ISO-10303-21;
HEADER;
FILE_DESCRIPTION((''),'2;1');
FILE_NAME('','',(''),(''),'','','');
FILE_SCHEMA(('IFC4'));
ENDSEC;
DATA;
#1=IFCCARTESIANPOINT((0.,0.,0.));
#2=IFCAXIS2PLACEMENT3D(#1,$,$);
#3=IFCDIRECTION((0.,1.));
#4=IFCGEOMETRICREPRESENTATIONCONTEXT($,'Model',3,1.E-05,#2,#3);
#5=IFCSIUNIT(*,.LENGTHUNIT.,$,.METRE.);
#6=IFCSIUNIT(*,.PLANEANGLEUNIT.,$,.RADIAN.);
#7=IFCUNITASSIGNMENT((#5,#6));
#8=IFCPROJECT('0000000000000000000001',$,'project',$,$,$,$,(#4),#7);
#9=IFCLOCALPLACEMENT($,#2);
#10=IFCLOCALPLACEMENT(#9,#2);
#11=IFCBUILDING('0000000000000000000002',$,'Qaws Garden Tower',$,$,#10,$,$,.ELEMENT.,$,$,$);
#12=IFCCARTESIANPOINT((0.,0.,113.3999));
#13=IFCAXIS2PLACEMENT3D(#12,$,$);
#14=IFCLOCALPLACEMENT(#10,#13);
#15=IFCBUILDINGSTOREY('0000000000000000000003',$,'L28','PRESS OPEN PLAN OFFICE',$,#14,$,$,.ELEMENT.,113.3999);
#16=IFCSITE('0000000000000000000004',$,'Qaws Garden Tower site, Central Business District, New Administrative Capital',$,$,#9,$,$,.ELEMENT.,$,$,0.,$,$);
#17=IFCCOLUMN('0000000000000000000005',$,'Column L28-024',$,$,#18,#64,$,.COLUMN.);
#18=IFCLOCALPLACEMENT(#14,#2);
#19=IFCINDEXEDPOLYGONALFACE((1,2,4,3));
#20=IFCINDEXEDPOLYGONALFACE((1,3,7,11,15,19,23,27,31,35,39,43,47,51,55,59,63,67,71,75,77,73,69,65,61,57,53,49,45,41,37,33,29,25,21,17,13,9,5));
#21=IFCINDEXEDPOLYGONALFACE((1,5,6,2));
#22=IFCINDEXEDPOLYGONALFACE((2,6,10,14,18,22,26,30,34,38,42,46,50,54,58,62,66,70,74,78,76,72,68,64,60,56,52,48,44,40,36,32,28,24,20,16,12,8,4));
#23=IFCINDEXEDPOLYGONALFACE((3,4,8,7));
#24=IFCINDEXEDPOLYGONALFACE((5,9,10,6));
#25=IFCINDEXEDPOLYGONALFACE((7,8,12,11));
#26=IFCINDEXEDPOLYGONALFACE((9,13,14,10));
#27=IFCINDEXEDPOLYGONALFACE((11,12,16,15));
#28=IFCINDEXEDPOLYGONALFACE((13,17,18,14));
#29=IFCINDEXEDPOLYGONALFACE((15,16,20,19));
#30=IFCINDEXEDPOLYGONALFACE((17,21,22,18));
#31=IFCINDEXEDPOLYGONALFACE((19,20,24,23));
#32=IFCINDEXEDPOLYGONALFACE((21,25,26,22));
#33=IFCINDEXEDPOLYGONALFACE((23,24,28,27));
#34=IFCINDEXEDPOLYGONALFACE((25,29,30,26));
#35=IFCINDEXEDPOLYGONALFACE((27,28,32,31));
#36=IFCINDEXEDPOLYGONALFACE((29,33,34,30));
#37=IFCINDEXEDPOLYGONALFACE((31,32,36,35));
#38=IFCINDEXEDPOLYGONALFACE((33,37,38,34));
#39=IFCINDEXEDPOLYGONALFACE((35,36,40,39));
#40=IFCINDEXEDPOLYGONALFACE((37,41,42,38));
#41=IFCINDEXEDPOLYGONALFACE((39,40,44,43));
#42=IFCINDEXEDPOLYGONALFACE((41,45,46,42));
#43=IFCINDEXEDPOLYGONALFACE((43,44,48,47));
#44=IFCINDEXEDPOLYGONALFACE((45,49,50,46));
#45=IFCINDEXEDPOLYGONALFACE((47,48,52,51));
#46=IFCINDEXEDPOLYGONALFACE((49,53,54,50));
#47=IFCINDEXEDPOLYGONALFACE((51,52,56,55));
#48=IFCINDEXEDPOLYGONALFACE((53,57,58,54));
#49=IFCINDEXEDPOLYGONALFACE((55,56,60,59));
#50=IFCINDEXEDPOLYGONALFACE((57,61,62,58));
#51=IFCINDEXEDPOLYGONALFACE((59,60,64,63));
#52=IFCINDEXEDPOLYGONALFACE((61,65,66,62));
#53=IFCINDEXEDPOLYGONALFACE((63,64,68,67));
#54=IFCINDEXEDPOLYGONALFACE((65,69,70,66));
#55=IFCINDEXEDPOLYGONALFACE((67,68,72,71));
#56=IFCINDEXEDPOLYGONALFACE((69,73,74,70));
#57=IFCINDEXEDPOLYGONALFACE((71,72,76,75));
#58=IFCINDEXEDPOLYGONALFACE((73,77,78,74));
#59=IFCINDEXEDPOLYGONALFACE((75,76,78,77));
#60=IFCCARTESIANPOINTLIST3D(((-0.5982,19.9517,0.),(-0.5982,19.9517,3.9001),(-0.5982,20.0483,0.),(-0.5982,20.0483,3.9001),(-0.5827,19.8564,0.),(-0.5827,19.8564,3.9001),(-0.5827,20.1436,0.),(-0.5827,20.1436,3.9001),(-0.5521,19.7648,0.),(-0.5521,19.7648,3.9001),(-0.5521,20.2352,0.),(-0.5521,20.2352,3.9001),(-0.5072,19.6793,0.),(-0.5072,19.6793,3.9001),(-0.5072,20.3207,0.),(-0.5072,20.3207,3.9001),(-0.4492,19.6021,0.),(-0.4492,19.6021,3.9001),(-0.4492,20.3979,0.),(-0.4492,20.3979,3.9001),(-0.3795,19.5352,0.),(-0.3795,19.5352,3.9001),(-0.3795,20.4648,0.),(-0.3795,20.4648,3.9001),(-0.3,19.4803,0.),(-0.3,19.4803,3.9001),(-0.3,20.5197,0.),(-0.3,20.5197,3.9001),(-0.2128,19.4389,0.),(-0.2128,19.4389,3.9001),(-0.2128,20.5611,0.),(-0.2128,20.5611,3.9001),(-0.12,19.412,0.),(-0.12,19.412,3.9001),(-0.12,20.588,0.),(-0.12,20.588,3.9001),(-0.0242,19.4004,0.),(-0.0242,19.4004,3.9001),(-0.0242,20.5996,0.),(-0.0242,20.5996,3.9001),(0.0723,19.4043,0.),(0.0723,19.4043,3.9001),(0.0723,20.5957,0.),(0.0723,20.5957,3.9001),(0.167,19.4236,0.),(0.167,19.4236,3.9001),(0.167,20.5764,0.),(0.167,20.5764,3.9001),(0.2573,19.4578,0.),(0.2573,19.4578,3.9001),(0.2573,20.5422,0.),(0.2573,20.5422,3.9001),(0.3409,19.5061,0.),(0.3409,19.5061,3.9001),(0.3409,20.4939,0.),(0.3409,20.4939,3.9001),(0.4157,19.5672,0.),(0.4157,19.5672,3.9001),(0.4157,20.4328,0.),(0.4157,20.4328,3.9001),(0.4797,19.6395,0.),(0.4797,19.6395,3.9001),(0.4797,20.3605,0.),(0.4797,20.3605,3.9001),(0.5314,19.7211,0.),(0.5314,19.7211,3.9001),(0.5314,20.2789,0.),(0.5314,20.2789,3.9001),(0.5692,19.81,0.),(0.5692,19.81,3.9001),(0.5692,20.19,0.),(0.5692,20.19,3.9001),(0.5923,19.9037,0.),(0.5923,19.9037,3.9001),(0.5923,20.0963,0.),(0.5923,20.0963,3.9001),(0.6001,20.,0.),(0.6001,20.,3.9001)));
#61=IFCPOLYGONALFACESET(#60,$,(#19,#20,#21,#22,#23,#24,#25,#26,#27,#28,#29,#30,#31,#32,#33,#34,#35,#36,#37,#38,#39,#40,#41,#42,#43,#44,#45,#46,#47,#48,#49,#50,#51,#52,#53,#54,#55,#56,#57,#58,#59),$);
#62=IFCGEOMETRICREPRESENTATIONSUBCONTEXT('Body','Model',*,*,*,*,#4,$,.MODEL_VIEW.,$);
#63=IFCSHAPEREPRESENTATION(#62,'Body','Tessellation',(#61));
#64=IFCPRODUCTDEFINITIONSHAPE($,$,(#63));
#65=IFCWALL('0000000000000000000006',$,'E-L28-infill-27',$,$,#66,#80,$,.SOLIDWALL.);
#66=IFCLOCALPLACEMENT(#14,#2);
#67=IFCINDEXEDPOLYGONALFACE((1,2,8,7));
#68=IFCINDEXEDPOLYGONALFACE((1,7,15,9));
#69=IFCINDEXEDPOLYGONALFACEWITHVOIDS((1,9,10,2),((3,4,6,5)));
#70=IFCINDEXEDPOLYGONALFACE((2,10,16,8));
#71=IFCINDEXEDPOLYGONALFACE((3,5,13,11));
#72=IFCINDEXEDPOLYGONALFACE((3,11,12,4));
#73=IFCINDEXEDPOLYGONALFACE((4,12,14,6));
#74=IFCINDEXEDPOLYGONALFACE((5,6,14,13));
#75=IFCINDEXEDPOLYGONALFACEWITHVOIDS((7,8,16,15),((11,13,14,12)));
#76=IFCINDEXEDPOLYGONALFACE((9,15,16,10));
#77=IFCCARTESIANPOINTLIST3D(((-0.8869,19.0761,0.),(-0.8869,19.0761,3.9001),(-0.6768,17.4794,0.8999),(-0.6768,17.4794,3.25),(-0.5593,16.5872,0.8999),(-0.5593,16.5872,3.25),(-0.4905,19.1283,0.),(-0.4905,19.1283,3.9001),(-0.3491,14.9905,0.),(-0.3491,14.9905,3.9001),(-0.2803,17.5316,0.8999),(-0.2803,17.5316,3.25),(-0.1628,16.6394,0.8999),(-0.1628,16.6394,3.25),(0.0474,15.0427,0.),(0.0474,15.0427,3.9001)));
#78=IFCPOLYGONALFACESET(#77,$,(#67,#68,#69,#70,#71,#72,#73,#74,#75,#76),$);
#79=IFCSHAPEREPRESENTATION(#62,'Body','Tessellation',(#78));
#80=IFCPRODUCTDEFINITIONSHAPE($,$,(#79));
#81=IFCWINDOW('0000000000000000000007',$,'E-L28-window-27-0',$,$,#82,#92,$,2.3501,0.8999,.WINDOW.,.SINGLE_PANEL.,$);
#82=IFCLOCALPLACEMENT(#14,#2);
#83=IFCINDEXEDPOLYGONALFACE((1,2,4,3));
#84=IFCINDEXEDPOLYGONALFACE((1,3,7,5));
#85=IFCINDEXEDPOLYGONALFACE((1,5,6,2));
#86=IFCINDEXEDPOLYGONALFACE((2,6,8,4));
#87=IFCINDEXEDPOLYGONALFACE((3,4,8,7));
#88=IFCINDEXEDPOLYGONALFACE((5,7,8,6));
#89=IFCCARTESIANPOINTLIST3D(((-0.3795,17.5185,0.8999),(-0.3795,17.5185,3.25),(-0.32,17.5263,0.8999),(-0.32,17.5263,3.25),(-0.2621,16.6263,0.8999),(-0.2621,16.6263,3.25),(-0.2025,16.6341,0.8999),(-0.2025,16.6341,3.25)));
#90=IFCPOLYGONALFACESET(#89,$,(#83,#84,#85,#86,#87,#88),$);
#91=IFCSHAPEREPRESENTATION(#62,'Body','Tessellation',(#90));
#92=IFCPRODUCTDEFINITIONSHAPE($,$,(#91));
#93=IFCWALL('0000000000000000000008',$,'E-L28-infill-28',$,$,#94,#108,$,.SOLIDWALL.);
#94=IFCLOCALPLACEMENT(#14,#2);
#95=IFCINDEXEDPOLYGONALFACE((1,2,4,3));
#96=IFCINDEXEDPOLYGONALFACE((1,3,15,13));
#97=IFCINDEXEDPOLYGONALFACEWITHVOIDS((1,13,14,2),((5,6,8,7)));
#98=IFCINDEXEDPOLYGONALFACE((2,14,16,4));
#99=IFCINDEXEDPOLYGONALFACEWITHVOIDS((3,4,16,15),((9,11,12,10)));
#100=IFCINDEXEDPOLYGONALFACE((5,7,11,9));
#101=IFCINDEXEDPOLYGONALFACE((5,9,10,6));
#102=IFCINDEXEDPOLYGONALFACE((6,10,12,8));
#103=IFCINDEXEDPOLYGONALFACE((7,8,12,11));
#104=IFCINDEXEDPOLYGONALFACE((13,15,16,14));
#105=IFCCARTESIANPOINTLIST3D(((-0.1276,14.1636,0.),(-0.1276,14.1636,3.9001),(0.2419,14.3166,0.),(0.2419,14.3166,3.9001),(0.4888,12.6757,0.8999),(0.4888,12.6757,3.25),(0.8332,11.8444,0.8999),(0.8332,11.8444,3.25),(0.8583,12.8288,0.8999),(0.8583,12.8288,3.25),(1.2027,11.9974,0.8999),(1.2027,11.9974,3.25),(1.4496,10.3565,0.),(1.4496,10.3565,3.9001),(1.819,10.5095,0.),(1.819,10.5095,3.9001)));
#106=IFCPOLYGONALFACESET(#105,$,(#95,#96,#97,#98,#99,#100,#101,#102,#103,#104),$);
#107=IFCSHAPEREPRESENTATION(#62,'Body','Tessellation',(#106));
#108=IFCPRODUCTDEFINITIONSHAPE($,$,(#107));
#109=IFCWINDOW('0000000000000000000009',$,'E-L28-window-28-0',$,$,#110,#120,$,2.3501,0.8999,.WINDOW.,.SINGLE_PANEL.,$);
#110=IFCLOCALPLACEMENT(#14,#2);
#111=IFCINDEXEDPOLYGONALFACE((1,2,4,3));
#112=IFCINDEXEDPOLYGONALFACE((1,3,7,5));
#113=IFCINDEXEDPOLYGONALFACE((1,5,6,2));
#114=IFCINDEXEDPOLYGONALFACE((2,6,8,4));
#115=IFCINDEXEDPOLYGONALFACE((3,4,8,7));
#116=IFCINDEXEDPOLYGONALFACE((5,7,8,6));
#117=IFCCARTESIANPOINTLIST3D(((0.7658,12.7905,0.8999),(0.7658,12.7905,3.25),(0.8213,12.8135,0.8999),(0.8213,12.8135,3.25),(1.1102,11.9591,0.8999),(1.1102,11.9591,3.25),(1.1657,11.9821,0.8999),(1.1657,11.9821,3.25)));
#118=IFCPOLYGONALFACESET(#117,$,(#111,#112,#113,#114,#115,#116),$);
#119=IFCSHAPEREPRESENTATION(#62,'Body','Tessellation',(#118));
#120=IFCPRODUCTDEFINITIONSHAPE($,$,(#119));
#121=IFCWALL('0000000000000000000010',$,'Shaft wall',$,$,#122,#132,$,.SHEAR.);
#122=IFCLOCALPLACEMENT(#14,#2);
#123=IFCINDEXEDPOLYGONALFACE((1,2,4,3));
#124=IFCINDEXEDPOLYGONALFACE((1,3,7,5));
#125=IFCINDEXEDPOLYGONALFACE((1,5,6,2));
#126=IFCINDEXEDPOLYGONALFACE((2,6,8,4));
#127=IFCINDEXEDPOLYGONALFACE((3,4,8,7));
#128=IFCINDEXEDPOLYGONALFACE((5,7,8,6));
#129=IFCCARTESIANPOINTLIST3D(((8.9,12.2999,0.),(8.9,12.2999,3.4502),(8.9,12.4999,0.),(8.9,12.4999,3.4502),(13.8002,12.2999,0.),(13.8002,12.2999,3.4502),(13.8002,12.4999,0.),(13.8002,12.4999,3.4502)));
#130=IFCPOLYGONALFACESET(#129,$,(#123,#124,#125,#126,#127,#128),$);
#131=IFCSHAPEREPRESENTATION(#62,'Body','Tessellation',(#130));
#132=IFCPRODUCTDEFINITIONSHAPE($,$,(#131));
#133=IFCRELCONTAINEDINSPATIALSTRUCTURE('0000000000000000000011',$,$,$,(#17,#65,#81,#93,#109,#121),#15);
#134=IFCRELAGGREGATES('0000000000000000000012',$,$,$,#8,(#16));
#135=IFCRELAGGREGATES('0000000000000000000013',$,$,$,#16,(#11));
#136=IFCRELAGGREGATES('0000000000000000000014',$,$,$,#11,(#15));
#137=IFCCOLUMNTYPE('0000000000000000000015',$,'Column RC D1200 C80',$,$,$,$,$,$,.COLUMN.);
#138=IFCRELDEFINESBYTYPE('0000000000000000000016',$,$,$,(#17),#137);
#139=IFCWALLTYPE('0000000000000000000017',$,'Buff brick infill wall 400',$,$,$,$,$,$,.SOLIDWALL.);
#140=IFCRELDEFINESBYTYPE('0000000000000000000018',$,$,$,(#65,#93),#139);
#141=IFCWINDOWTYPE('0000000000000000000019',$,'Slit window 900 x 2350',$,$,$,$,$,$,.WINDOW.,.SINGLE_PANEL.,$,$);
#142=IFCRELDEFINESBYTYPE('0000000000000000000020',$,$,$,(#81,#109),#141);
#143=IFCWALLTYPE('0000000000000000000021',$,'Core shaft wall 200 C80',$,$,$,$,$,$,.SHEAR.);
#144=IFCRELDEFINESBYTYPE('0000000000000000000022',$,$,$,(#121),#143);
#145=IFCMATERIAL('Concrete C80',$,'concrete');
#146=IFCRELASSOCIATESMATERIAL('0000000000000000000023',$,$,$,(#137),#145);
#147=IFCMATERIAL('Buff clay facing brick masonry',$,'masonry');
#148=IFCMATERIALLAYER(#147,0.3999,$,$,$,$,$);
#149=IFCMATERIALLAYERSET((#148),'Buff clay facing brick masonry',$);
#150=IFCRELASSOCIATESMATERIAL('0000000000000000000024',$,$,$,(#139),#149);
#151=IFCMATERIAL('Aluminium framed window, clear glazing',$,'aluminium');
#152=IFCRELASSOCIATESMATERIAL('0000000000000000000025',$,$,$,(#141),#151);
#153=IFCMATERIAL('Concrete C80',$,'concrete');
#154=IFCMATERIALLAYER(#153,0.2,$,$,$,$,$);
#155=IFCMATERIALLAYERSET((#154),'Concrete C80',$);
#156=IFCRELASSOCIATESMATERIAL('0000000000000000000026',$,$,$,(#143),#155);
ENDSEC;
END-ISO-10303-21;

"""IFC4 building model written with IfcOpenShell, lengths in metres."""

from ifc_helpers import new_model, si_unit, direction, frame, frame_2d, origin, origin_2d, place, context, subcontext, project, spatial, rectangle, circle, extrude, material, layer, layer_set, material_profile, profile_set, type_object, element, fill, save


model = new_model("IFC4")

# Units and contexts
model_context = context("Model", 3, precision=1e-05, world=origin(), true_north=direction((0.0, 1.0)))
body_context = subcontext(model_context, "Body", "Model", "MODEL_VIEW")
ifc_project = project(units=[si_unit("LENGTHUNIT", "METRE"), si_unit("PLANEANGLEUNIT", "RADIAN")], contexts=[model_context])

# Site, building, storey
site_placement = place(None, origin())
site = spatial("IfcSite", under=ifc_project, at=site_placement, Name="Qaws Garden Tower site, Central Business District, New Administrative Capital", CompositionType="ELEMENT", RefElevation=0.0)
building_placement = place(site_placement, origin())
building = spatial("IfcBuilding", under=site, at=building_placement, Name="Qaws Garden Tower", CompositionType="ELEMENT")
storey_placement = place(building_placement, frame((0.0, 0.0, 113.3999)))
storey = spatial("IfcBuildingStorey", under=building, at=storey_placement, Name="L28", Description="PRESS OPEN PLAN OFFICE", CompositionType="ELEMENT", Elevation=113.3999)

# Column
ifc_material_1 = material(Name="Concrete C80", Category="concrete")
ifc_material_profile = material_profile(ifc_material_1, circle(Radius=0.6001, at=origin_2d()), Name="RC D1200")
ifc_profile_set = profile_set([ifc_material_profile], Name="Concrete C80")
column_type = type_object("IfcColumnType", Name="Column RC D1200 C80", PredefinedType="COLUMN", material=ifc_profile_set)
column_placement = place(storey_placement, frame((0.0, 20.0, 0.0), z_axis=(0.0, 0.0, 1.0), x_axis=(1.0, 0.0, 0.0)))
element("IfcColumn", 1, at=column_placement, inside=storey, type_object=column_type, Name="Column L28-024", PredefinedType="COLUMN", context=body_context, shape_type="SweptSolid", body=[
    extrude(circle(Radius=0.6001, at=origin_2d()), origin(), (0.0, 0.0, 1.0), 3.9001),
])

# Walls, openings, windows
ifc_material_2 = material(Name="Buff clay facing brick masonry", Category="masonry")
ifc_layer_1 = layer(ifc_material_2, 0.3999)
ifc_layer_set_1 = layer_set([ifc_layer_1], Name="Buff clay facing brick masonry")
wall_type_1 = type_object("IfcWallType", Name="Buff brick infill wall 400", PredefinedType="SOLIDWALL", material=ifc_layer_set_1)
wall_1_placement = place(storey_placement, frame((-0.6887, 19.1023, 0.0), z_axis=(0.0, 0.0, 1.0), x_axis=(0.130514, -0.991446, 0.0)))
wall_1 = element("IfcWall", 2, at=wall_1_placement, inside=storey, type_object=wall_type_1, Name="E-L28-infill-27", PredefinedType="SOLIDWALL", context=body_context, shape_type="SweptSolid", body=[
    extrude(rectangle(XDim=4.1208, YDim=0.3999, at=frame_2d((2.0605, 0.0))), origin(), (0.0, 0.0, 1.0), 3.9001),
])
opening_1_placement = place(wall_1_placement, frame((1.6106, 0.0, 0.8999)))
opening_1 = element("IfcOpeningElement", 3, at=opening_1_placement, cuts=wall_1, PredefinedType="OPENING", context=body_context, shape_type="SweptSolid", body=[
    extrude(rectangle(XDim=0.8999, YDim=2.3501, at=frame_2d((0.45, 1.175))), frame((0.0, 0.21, 0.0), z_axis=(0.0, -1.0, 0.0), x_axis=(1.0, 0.0, 0.0)), (0.0, 0.0, 1.0), 0.4199),
])
ifc_material_3 = material(Name="Aluminium framed window, clear glazing", Category="aluminium")
window_type = type_object("IfcWindowType", Name="Slit window 900 x 2350", PartitioningType="SINGLE_PANEL", PredefinedType="WINDOW", material=ifc_material_3)
window_1_placement = place(opening_1_placement, origin())
window_1 = element("IfcWindow", 4, at=window_1_placement, inside=storey, type_object=window_type, Name="E-L28-window-27-0", OverallHeight=2.3501, OverallWidth=0.8999, PartitioningType="SINGLE_PANEL", PredefinedType="WINDOW", context=body_context, shape_type="SweptSolid", body=[
    extrude(rectangle(XDim=0.8999, YDim=2.3501, at=frame_2d((0.45, 1.175))), frame((0.0, 0.1599, 0.0), z_axis=(0.0, -1.0, 0.0), x_axis=(1.0, 0.0, 0.0)), (0.0, 0.0, 1.0), 0.0601),
])
fill(opening_1, window_1)
wall_2_placement = place(storey_placement, frame((0.0571, 14.2402, 0.0), z_axis=(0.0, 0.0, 1.0), x_axis=(0.382722, -0.923864, 0.0)))
wall_2 = element("IfcWall", 5, at=wall_2_placement, inside=storey, type_object=wall_type_1, Name="E-L28-infill-28", PredefinedType="SOLIDWALL", context=body_context, shape_type="SweptSolid", body=[
    extrude(rectangle(XDim=4.1208, YDim=0.3999, at=frame_2d((2.0605, 0.0))), origin(), (0.0, 0.0, 1.0), 3.9001),
])
opening_2_placement = place(wall_2_placement, frame((1.6106, 0.0, 0.8999)))
opening_2 = element("IfcOpeningElement", 6, at=opening_2_placement, cuts=wall_2, PredefinedType="OPENING", context=body_context, shape_type="SweptSolid", body=[
    extrude(rectangle(XDim=0.8999, YDim=2.3501, at=frame_2d((0.45, 1.175))), frame((0.0, 0.21, 0.0), z_axis=(0.0, -1.0, 0.0), x_axis=(1.0, 0.0, 0.0)), (0.0, 0.0, 1.0), 0.4199),
])
window_2_placement = place(opening_2_placement, origin())
window_2 = element("IfcWindow", 7, at=window_2_placement, inside=storey, type_object=window_type, Name="E-L28-window-28-0", OverallHeight=2.3501, OverallWidth=0.8999, PartitioningType="SINGLE_PANEL", PredefinedType="WINDOW", context=body_context, shape_type="SweptSolid", body=[
    extrude(rectangle(XDim=0.8999, YDim=2.3501, at=frame_2d((0.45, 1.175))), frame((0.0, 0.1599, 0.0), z_axis=(0.0, -1.0, 0.0), x_axis=(1.0, 0.0, 0.0)), (0.0, 0.0, 1.0), 0.0601),
])
fill(opening_2, window_2)

# Wall
ifc_material_4 = material(Name="Concrete C80", Category="concrete")
ifc_layer_2 = layer(ifc_material_4, 0.2)
ifc_layer_set_2 = layer_set([ifc_layer_2], Name="Concrete C80")
wall_type_2 = type_object("IfcWallType", Name="Core shaft wall 200 C80", PredefinedType="SHEAR", material=ifc_layer_set_2)
wall_3_placement = place(storey_placement, frame((8.8999, 12.3999, 0.0), z_axis=(0.0, 0.0, 1.0), x_axis=(1.0, 0.0, 0.0)))
element("IfcWall", 8, at=wall_3_placement, inside=storey, type_object=wall_type_2, Name="Shaft wall", PredefinedType="SHEAR", context=body_context, shape_type="SweptSolid", body=[
    extrude(rectangle(XDim=4.9001, YDim=0.2, at=frame_2d((2.4502, 0.0))), origin(), (0.0, 0.0, 1.0), 3.4502),
])

save(model, "model.ifc")
